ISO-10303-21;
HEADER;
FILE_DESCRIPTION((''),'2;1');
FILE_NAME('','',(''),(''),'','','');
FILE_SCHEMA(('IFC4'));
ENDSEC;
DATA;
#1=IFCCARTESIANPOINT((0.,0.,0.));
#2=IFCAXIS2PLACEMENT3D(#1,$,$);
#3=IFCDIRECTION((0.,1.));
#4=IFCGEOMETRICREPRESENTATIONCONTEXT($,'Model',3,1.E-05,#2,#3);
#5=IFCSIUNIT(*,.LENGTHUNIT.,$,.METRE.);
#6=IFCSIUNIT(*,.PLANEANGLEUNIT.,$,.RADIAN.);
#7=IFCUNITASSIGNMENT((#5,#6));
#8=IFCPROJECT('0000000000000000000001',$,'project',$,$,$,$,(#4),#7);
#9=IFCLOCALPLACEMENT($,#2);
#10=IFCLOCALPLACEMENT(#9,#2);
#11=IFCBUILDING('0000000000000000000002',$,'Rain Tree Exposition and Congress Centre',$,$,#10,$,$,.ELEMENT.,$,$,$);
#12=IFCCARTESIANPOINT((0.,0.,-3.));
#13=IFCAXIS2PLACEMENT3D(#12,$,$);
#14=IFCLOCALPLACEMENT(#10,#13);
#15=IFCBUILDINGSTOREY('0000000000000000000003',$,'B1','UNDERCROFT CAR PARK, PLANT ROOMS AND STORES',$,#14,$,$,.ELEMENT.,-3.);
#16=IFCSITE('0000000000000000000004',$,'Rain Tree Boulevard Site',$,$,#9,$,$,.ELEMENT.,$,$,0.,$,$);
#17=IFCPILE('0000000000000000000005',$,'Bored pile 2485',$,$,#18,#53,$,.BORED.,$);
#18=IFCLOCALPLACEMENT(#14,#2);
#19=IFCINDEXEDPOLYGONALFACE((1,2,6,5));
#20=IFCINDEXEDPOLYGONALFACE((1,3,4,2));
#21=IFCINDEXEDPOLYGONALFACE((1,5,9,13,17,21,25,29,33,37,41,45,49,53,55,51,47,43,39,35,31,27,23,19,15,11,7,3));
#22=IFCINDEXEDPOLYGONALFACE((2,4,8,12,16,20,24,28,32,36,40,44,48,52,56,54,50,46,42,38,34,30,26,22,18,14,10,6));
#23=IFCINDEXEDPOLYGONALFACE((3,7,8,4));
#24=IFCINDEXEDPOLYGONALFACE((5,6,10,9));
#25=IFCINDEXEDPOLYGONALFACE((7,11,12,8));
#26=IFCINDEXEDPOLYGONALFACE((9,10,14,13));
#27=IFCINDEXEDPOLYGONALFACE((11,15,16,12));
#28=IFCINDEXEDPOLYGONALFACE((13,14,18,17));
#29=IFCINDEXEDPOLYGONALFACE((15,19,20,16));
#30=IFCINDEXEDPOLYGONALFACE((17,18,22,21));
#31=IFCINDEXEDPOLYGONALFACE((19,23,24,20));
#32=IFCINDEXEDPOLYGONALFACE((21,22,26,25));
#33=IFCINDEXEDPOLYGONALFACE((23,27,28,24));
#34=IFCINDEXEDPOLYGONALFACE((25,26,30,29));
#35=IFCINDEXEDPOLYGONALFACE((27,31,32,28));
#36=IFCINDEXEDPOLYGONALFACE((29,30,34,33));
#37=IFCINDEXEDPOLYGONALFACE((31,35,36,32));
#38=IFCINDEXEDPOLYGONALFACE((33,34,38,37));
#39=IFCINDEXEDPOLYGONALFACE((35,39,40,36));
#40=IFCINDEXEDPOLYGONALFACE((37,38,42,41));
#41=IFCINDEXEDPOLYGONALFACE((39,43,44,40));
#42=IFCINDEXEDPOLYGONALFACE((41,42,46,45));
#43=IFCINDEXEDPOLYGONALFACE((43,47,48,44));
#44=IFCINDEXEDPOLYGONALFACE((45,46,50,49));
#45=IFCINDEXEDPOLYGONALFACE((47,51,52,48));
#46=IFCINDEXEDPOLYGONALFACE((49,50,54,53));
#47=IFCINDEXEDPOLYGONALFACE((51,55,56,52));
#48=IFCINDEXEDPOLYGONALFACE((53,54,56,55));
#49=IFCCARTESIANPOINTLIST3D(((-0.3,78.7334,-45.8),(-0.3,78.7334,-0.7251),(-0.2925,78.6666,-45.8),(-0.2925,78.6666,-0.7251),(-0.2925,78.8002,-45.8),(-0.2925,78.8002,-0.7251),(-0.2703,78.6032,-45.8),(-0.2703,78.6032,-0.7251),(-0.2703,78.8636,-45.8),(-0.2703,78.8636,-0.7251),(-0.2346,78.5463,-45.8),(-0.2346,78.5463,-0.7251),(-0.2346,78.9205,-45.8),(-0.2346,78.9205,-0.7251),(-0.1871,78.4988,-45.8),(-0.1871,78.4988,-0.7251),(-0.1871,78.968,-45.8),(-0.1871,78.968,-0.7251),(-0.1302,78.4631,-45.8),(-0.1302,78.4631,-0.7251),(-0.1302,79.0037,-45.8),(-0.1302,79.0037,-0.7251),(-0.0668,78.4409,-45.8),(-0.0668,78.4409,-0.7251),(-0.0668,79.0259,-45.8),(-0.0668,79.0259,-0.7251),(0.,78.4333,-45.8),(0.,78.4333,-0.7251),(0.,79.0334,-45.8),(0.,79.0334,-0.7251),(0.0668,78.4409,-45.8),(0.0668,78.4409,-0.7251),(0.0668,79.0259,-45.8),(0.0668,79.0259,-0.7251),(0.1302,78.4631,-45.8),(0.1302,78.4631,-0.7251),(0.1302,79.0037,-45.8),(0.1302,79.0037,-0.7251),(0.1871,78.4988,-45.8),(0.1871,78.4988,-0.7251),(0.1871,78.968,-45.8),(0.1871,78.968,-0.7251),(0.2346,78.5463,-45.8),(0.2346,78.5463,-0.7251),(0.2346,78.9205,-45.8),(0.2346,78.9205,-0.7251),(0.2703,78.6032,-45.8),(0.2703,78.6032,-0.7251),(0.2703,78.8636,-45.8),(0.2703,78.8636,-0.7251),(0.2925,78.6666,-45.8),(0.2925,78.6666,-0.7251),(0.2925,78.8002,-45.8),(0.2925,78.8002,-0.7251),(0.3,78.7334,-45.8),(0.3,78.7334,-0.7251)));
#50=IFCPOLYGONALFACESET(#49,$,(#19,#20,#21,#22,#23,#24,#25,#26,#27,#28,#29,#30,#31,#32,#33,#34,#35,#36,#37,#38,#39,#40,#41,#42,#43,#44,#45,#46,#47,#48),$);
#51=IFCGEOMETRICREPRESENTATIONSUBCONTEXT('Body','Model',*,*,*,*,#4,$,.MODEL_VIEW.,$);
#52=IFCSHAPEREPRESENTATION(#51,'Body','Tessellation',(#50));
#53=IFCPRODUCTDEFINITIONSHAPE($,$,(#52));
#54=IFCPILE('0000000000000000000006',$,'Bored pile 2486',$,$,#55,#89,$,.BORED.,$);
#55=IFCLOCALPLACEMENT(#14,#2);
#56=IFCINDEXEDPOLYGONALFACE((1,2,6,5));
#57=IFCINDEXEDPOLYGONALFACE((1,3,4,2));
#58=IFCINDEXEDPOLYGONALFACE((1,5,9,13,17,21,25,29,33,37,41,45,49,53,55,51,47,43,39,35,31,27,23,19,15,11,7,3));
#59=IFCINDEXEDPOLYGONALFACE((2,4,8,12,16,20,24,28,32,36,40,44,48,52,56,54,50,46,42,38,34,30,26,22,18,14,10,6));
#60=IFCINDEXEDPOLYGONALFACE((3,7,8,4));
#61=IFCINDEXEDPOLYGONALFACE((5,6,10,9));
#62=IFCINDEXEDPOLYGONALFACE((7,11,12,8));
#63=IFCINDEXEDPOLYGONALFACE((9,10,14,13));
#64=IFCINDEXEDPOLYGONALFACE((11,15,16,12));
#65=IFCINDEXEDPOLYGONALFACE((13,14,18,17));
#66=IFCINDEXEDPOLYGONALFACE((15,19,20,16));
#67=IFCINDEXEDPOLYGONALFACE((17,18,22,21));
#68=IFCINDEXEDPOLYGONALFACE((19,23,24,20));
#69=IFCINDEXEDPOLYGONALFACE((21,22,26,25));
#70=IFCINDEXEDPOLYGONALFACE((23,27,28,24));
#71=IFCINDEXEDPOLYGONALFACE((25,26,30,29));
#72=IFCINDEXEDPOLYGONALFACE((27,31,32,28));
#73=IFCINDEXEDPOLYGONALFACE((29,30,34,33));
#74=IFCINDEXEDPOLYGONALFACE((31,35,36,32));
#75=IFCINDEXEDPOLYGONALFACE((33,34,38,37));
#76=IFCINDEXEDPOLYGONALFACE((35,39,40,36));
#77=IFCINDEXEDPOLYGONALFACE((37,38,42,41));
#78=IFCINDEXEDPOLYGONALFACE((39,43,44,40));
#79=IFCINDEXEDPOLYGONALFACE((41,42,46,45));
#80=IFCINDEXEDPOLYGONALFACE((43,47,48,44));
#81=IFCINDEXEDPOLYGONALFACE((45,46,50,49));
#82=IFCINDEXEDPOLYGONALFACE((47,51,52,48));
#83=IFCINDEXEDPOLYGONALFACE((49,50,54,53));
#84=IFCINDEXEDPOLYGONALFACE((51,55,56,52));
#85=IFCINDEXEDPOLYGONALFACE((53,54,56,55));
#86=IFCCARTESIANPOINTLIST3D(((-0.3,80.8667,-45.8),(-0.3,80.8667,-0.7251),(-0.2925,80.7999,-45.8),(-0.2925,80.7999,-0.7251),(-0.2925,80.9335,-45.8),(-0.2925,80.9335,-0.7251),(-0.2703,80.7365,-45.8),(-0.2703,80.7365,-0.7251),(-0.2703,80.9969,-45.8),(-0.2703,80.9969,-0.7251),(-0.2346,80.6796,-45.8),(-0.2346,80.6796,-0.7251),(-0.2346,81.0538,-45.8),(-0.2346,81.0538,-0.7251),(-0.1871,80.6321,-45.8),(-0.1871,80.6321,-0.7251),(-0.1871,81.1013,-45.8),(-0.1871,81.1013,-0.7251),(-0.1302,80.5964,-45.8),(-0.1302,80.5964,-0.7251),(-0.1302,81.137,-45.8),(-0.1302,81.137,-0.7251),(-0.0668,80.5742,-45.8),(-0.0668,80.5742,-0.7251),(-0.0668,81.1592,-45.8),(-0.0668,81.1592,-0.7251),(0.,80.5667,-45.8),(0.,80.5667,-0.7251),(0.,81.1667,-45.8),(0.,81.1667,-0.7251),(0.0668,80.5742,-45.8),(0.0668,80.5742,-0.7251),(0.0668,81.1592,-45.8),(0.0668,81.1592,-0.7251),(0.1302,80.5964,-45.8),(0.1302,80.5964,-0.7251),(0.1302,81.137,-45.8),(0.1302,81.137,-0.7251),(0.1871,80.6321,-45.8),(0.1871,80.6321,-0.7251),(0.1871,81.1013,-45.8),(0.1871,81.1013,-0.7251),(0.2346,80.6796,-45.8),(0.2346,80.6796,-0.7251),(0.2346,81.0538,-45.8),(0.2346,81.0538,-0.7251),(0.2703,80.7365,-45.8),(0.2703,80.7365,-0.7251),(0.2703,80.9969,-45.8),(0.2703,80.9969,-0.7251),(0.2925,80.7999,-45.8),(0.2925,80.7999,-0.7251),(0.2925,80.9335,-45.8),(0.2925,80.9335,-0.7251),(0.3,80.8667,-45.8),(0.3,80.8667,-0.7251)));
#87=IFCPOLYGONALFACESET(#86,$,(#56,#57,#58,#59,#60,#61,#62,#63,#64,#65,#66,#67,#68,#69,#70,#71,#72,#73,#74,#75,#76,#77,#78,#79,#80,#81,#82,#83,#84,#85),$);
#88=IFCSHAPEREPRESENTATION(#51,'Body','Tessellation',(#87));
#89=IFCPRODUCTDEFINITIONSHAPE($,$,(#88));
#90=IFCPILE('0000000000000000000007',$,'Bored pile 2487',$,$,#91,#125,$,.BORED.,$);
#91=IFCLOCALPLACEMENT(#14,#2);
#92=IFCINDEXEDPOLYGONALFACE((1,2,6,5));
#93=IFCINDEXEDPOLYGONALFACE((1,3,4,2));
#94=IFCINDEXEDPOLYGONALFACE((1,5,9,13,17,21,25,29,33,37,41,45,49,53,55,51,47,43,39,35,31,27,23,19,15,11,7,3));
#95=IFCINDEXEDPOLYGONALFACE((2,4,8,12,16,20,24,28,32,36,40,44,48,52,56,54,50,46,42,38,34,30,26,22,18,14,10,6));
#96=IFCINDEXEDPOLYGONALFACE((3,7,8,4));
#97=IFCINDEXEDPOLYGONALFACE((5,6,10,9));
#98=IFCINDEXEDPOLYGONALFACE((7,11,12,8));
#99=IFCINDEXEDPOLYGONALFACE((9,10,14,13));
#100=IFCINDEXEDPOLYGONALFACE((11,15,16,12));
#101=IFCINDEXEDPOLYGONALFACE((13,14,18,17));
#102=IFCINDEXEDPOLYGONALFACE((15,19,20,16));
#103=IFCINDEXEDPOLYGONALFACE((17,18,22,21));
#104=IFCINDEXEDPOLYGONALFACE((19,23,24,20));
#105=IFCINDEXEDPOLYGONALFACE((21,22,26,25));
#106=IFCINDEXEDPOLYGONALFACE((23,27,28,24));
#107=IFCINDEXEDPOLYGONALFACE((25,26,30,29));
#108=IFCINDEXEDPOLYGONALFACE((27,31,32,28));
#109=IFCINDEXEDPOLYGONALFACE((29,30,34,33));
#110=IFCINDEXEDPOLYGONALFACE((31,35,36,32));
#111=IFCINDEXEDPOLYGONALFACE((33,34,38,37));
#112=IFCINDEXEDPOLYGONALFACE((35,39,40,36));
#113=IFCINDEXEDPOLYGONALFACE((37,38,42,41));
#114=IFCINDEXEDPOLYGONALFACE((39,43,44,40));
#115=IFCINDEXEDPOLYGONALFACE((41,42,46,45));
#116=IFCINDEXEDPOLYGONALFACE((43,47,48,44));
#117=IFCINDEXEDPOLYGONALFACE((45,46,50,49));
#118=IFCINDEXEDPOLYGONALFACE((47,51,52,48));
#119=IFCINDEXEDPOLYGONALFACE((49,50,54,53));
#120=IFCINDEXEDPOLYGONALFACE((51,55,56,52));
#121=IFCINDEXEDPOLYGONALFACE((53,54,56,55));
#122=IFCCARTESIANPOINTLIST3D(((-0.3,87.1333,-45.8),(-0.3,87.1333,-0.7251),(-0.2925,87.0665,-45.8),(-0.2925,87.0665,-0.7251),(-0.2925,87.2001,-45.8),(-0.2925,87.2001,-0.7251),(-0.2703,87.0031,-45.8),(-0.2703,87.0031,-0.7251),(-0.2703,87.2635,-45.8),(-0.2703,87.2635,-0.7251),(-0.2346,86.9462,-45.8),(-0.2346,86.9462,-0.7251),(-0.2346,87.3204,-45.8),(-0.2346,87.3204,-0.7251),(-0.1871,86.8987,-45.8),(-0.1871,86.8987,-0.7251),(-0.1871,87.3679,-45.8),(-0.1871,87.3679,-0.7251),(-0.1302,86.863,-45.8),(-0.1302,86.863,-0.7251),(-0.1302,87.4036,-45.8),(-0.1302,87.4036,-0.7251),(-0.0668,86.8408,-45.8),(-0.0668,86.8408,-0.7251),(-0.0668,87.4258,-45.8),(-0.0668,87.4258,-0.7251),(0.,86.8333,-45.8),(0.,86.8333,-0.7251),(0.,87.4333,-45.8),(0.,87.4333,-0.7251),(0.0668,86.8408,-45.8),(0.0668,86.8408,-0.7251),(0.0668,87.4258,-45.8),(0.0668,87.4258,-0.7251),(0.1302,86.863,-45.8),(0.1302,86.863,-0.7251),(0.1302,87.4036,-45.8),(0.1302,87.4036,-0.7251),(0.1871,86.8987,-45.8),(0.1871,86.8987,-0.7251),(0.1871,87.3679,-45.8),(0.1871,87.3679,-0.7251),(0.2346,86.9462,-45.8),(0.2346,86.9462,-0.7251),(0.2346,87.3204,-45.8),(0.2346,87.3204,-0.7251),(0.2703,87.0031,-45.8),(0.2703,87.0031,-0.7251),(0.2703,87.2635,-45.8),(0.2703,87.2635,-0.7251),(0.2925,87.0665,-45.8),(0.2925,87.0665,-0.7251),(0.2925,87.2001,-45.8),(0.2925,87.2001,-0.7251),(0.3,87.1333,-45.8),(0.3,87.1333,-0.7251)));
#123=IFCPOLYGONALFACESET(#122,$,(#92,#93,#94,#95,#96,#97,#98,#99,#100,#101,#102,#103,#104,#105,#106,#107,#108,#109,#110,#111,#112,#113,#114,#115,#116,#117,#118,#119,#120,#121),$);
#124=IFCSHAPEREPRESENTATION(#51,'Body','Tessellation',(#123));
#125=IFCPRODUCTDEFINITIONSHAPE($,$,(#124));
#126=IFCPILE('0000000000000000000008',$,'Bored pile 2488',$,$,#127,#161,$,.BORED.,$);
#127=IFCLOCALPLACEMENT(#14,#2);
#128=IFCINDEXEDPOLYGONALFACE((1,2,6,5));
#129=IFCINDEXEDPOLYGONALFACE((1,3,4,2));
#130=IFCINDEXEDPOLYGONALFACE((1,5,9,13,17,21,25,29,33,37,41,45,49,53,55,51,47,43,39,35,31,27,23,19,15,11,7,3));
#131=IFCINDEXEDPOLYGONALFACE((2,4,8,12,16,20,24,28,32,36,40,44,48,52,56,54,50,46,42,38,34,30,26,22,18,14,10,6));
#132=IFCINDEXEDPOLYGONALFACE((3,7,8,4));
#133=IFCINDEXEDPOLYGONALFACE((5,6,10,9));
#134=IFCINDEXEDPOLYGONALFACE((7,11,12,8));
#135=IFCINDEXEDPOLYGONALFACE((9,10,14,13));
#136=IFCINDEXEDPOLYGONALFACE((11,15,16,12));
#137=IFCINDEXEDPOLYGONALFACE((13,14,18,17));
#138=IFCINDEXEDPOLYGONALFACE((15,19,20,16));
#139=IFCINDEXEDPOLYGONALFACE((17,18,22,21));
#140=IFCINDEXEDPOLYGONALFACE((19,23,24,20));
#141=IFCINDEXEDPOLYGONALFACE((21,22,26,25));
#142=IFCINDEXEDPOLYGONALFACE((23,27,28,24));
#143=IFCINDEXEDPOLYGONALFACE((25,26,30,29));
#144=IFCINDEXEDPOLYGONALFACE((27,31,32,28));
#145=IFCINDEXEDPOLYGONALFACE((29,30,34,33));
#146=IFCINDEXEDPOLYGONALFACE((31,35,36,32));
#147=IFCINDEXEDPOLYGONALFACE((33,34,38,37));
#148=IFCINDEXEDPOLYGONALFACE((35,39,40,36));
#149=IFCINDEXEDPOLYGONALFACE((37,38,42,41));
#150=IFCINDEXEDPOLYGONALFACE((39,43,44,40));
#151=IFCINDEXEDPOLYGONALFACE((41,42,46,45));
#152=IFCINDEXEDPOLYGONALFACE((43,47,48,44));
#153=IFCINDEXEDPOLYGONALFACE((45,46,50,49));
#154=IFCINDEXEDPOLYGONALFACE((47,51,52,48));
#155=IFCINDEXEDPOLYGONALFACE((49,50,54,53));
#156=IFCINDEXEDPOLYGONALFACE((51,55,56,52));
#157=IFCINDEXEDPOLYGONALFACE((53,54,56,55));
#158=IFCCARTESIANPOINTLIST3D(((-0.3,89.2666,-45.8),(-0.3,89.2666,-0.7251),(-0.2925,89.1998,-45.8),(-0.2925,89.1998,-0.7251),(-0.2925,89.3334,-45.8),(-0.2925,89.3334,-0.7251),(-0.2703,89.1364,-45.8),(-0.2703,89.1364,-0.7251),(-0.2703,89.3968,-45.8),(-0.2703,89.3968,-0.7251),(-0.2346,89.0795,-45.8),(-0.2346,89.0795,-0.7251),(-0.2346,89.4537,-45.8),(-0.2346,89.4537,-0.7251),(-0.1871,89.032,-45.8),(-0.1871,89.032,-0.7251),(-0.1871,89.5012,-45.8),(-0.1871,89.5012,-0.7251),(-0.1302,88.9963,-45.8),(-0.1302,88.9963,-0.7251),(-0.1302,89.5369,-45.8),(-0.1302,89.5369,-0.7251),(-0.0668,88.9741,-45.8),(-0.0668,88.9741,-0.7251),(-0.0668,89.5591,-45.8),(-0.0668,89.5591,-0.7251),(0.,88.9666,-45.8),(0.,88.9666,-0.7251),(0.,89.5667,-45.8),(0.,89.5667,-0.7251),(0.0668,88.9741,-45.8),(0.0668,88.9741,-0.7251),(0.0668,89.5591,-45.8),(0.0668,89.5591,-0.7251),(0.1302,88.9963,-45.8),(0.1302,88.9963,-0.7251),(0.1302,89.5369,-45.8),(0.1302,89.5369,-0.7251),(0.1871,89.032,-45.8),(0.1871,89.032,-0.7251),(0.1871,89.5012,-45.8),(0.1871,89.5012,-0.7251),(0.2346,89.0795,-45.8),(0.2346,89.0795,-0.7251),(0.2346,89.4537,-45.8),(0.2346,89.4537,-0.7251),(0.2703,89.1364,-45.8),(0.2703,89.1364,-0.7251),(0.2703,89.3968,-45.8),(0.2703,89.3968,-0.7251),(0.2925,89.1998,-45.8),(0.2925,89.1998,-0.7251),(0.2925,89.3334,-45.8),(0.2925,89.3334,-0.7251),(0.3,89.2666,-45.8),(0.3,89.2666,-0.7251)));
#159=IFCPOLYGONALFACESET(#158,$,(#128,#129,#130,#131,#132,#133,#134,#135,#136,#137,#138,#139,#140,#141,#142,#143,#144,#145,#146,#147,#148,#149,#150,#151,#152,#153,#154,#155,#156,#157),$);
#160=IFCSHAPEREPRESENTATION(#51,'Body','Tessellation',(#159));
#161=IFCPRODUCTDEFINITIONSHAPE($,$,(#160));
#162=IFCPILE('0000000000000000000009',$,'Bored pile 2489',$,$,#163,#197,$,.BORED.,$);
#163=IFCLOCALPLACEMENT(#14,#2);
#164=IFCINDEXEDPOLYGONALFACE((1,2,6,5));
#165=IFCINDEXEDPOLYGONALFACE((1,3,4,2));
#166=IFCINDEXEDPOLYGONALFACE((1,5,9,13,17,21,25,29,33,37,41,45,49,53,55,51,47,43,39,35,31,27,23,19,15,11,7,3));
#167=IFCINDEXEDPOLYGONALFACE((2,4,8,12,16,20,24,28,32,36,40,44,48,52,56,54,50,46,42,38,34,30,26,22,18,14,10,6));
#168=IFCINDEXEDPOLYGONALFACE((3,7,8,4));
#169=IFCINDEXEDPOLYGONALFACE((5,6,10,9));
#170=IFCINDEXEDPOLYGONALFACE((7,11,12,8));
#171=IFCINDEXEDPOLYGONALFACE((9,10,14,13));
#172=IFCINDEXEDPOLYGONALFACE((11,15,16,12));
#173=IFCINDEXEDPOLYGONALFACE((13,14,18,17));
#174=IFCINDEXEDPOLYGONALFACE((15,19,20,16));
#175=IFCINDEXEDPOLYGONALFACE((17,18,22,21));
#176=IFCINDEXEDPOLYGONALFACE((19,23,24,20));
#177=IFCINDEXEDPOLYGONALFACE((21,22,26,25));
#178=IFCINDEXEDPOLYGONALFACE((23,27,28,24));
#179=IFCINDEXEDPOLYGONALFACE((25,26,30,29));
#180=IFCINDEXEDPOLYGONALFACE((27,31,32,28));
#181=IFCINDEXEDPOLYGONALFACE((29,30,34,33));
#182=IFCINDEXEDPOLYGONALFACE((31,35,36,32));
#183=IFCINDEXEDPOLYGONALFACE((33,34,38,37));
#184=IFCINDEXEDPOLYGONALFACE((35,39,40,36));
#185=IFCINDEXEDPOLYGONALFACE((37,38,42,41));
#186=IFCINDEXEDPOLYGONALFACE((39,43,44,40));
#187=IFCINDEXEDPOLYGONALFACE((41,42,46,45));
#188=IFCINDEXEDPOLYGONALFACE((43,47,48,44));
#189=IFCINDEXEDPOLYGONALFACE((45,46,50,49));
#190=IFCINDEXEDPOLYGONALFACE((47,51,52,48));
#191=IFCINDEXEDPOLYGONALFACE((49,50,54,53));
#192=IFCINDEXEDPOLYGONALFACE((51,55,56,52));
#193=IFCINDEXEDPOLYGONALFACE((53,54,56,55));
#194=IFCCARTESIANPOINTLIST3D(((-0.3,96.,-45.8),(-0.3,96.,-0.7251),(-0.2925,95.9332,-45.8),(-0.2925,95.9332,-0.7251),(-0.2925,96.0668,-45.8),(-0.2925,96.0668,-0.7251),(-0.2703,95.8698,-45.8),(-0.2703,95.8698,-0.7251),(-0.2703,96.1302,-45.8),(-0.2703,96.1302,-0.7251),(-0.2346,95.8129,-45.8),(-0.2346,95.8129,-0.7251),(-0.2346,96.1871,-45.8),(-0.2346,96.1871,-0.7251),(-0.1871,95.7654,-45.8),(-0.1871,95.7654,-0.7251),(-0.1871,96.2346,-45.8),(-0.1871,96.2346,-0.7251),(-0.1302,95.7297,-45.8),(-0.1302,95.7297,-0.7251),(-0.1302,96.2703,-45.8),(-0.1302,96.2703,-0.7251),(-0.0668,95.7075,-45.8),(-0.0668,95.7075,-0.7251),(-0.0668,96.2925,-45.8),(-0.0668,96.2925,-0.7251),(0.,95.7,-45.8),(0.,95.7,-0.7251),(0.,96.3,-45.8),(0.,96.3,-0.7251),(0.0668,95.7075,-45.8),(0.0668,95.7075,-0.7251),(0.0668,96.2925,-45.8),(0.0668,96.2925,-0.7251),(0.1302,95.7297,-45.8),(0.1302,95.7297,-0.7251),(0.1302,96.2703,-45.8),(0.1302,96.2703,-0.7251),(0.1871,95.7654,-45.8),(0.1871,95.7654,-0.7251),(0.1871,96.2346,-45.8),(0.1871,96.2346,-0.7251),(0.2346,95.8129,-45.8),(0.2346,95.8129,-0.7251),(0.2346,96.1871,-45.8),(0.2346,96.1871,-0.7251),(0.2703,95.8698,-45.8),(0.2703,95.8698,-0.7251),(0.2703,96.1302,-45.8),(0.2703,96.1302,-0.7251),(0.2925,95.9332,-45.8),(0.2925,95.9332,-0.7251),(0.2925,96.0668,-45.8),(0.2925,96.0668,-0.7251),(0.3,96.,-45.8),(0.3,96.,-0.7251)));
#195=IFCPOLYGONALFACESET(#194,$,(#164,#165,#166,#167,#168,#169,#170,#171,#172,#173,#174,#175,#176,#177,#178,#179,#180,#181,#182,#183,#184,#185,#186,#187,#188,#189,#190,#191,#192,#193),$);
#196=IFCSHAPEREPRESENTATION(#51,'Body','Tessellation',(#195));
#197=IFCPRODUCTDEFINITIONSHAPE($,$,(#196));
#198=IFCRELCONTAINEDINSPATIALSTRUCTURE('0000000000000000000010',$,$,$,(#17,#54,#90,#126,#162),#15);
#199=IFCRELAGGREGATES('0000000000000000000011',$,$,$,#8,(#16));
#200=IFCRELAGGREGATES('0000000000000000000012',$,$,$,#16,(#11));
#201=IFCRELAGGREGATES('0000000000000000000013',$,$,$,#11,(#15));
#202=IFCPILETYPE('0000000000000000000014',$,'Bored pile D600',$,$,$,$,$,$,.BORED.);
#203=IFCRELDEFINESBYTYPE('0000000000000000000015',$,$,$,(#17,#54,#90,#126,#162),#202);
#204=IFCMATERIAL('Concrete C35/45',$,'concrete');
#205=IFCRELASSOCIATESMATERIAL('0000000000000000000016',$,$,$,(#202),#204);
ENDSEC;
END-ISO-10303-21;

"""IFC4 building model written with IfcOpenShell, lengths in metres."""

from ifc_helpers import new_model, si_unit, direction, frame, origin, origin_2d, place, context, subcontext, project, spatial, circle, extrude, material, material_profile, profile_set, type_object, element, save


model = new_model("IFC4")

# Units and contexts
model_context = context("Model", 3, precision=1e-05, world=origin(), true_north=direction((0.0, 1.0)))
body_context = subcontext(model_context, "Body", "Model", "MODEL_VIEW")
ifc_project = project(units=[si_unit("LENGTHUNIT", "METRE"), si_unit("PLANEANGLEUNIT", "RADIAN")], contexts=[model_context])

# Site, building, storey
site_placement = place(None, origin())
site = spatial("IfcSite", under=ifc_project, at=site_placement, Name="Rain Tree Boulevard Site", CompositionType="ELEMENT", RefElevation=0.0)
building_placement = place(site_placement, origin())
building = spatial("IfcBuilding", under=site, at=building_placement, Name="Rain Tree Exposition and Congress Centre", CompositionType="ELEMENT")
storey_placement = place(building_placement, frame((0.0, 0.0, -3.0)))
storey = spatial("IfcBuildingStorey", under=building, at=storey_placement, Name="B1", Description="UNDERCROFT CAR PARK, PLANT ROOMS AND STORES", CompositionType="ELEMENT", Elevation=-3.0)

# Piles
ifc_material_1 = material(Name="Concrete C35/45", Category="concrete")
ifc_material_profile_1 = material_profile(ifc_material_1, circle(Radius=0.3, at=origin_2d()), Name="D600")
ifc_profile_set_1 = profile_set([ifc_material_profile_1], Name="Concrete C35/45")
pile_type_1 = type_object("IfcPileType", Name="Bored pile D600", PredefinedType="BORED", material=ifc_profile_set_1)
for number, where, z_axis, x_axis, name in (
    (1, (0.0, 78.7334, -0.7251), (0.0, 0.0, -1.0), (1.0, 0.0, 0.0), "Bored pile 2485"),
    (2, (0.0, 80.8667, -0.7251), (0.0, 0.0, -1.0), (1.0, 0.0, 0.0), "Bored pile 2486"),
    (3, (0.0, 87.1333, -0.7251), (0.0, 0.0, -1.0), (1.0, 0.0, 0.0), "Bored pile 2487"),
    (4, (0.0, 89.2666, -0.7251), (0.0, 0.0, -1.0), (1.0, 0.0, 0.0), "Bored pile 2488"),
    (5, (0.0, 96.0, -0.7251), (0.0, 0.0, -1.0), (1.0, 0.0, 0.0), "Bored pile 2489"),
):
    element("IfcPile", number, at=place(storey_placement, frame(where, z_axis=z_axis, x_axis=x_axis)), inside=storey, type_object=pile_type_1, Name=name, PredefinedType="BORED", context=body_context, shape_type="SweptSolid", body=[
        extrude(circle(Radius=0.3, at=origin_2d()), origin(), (0.0, 0.0, 1.0), 45.075),
    ])

save(model, "model.ifc")
